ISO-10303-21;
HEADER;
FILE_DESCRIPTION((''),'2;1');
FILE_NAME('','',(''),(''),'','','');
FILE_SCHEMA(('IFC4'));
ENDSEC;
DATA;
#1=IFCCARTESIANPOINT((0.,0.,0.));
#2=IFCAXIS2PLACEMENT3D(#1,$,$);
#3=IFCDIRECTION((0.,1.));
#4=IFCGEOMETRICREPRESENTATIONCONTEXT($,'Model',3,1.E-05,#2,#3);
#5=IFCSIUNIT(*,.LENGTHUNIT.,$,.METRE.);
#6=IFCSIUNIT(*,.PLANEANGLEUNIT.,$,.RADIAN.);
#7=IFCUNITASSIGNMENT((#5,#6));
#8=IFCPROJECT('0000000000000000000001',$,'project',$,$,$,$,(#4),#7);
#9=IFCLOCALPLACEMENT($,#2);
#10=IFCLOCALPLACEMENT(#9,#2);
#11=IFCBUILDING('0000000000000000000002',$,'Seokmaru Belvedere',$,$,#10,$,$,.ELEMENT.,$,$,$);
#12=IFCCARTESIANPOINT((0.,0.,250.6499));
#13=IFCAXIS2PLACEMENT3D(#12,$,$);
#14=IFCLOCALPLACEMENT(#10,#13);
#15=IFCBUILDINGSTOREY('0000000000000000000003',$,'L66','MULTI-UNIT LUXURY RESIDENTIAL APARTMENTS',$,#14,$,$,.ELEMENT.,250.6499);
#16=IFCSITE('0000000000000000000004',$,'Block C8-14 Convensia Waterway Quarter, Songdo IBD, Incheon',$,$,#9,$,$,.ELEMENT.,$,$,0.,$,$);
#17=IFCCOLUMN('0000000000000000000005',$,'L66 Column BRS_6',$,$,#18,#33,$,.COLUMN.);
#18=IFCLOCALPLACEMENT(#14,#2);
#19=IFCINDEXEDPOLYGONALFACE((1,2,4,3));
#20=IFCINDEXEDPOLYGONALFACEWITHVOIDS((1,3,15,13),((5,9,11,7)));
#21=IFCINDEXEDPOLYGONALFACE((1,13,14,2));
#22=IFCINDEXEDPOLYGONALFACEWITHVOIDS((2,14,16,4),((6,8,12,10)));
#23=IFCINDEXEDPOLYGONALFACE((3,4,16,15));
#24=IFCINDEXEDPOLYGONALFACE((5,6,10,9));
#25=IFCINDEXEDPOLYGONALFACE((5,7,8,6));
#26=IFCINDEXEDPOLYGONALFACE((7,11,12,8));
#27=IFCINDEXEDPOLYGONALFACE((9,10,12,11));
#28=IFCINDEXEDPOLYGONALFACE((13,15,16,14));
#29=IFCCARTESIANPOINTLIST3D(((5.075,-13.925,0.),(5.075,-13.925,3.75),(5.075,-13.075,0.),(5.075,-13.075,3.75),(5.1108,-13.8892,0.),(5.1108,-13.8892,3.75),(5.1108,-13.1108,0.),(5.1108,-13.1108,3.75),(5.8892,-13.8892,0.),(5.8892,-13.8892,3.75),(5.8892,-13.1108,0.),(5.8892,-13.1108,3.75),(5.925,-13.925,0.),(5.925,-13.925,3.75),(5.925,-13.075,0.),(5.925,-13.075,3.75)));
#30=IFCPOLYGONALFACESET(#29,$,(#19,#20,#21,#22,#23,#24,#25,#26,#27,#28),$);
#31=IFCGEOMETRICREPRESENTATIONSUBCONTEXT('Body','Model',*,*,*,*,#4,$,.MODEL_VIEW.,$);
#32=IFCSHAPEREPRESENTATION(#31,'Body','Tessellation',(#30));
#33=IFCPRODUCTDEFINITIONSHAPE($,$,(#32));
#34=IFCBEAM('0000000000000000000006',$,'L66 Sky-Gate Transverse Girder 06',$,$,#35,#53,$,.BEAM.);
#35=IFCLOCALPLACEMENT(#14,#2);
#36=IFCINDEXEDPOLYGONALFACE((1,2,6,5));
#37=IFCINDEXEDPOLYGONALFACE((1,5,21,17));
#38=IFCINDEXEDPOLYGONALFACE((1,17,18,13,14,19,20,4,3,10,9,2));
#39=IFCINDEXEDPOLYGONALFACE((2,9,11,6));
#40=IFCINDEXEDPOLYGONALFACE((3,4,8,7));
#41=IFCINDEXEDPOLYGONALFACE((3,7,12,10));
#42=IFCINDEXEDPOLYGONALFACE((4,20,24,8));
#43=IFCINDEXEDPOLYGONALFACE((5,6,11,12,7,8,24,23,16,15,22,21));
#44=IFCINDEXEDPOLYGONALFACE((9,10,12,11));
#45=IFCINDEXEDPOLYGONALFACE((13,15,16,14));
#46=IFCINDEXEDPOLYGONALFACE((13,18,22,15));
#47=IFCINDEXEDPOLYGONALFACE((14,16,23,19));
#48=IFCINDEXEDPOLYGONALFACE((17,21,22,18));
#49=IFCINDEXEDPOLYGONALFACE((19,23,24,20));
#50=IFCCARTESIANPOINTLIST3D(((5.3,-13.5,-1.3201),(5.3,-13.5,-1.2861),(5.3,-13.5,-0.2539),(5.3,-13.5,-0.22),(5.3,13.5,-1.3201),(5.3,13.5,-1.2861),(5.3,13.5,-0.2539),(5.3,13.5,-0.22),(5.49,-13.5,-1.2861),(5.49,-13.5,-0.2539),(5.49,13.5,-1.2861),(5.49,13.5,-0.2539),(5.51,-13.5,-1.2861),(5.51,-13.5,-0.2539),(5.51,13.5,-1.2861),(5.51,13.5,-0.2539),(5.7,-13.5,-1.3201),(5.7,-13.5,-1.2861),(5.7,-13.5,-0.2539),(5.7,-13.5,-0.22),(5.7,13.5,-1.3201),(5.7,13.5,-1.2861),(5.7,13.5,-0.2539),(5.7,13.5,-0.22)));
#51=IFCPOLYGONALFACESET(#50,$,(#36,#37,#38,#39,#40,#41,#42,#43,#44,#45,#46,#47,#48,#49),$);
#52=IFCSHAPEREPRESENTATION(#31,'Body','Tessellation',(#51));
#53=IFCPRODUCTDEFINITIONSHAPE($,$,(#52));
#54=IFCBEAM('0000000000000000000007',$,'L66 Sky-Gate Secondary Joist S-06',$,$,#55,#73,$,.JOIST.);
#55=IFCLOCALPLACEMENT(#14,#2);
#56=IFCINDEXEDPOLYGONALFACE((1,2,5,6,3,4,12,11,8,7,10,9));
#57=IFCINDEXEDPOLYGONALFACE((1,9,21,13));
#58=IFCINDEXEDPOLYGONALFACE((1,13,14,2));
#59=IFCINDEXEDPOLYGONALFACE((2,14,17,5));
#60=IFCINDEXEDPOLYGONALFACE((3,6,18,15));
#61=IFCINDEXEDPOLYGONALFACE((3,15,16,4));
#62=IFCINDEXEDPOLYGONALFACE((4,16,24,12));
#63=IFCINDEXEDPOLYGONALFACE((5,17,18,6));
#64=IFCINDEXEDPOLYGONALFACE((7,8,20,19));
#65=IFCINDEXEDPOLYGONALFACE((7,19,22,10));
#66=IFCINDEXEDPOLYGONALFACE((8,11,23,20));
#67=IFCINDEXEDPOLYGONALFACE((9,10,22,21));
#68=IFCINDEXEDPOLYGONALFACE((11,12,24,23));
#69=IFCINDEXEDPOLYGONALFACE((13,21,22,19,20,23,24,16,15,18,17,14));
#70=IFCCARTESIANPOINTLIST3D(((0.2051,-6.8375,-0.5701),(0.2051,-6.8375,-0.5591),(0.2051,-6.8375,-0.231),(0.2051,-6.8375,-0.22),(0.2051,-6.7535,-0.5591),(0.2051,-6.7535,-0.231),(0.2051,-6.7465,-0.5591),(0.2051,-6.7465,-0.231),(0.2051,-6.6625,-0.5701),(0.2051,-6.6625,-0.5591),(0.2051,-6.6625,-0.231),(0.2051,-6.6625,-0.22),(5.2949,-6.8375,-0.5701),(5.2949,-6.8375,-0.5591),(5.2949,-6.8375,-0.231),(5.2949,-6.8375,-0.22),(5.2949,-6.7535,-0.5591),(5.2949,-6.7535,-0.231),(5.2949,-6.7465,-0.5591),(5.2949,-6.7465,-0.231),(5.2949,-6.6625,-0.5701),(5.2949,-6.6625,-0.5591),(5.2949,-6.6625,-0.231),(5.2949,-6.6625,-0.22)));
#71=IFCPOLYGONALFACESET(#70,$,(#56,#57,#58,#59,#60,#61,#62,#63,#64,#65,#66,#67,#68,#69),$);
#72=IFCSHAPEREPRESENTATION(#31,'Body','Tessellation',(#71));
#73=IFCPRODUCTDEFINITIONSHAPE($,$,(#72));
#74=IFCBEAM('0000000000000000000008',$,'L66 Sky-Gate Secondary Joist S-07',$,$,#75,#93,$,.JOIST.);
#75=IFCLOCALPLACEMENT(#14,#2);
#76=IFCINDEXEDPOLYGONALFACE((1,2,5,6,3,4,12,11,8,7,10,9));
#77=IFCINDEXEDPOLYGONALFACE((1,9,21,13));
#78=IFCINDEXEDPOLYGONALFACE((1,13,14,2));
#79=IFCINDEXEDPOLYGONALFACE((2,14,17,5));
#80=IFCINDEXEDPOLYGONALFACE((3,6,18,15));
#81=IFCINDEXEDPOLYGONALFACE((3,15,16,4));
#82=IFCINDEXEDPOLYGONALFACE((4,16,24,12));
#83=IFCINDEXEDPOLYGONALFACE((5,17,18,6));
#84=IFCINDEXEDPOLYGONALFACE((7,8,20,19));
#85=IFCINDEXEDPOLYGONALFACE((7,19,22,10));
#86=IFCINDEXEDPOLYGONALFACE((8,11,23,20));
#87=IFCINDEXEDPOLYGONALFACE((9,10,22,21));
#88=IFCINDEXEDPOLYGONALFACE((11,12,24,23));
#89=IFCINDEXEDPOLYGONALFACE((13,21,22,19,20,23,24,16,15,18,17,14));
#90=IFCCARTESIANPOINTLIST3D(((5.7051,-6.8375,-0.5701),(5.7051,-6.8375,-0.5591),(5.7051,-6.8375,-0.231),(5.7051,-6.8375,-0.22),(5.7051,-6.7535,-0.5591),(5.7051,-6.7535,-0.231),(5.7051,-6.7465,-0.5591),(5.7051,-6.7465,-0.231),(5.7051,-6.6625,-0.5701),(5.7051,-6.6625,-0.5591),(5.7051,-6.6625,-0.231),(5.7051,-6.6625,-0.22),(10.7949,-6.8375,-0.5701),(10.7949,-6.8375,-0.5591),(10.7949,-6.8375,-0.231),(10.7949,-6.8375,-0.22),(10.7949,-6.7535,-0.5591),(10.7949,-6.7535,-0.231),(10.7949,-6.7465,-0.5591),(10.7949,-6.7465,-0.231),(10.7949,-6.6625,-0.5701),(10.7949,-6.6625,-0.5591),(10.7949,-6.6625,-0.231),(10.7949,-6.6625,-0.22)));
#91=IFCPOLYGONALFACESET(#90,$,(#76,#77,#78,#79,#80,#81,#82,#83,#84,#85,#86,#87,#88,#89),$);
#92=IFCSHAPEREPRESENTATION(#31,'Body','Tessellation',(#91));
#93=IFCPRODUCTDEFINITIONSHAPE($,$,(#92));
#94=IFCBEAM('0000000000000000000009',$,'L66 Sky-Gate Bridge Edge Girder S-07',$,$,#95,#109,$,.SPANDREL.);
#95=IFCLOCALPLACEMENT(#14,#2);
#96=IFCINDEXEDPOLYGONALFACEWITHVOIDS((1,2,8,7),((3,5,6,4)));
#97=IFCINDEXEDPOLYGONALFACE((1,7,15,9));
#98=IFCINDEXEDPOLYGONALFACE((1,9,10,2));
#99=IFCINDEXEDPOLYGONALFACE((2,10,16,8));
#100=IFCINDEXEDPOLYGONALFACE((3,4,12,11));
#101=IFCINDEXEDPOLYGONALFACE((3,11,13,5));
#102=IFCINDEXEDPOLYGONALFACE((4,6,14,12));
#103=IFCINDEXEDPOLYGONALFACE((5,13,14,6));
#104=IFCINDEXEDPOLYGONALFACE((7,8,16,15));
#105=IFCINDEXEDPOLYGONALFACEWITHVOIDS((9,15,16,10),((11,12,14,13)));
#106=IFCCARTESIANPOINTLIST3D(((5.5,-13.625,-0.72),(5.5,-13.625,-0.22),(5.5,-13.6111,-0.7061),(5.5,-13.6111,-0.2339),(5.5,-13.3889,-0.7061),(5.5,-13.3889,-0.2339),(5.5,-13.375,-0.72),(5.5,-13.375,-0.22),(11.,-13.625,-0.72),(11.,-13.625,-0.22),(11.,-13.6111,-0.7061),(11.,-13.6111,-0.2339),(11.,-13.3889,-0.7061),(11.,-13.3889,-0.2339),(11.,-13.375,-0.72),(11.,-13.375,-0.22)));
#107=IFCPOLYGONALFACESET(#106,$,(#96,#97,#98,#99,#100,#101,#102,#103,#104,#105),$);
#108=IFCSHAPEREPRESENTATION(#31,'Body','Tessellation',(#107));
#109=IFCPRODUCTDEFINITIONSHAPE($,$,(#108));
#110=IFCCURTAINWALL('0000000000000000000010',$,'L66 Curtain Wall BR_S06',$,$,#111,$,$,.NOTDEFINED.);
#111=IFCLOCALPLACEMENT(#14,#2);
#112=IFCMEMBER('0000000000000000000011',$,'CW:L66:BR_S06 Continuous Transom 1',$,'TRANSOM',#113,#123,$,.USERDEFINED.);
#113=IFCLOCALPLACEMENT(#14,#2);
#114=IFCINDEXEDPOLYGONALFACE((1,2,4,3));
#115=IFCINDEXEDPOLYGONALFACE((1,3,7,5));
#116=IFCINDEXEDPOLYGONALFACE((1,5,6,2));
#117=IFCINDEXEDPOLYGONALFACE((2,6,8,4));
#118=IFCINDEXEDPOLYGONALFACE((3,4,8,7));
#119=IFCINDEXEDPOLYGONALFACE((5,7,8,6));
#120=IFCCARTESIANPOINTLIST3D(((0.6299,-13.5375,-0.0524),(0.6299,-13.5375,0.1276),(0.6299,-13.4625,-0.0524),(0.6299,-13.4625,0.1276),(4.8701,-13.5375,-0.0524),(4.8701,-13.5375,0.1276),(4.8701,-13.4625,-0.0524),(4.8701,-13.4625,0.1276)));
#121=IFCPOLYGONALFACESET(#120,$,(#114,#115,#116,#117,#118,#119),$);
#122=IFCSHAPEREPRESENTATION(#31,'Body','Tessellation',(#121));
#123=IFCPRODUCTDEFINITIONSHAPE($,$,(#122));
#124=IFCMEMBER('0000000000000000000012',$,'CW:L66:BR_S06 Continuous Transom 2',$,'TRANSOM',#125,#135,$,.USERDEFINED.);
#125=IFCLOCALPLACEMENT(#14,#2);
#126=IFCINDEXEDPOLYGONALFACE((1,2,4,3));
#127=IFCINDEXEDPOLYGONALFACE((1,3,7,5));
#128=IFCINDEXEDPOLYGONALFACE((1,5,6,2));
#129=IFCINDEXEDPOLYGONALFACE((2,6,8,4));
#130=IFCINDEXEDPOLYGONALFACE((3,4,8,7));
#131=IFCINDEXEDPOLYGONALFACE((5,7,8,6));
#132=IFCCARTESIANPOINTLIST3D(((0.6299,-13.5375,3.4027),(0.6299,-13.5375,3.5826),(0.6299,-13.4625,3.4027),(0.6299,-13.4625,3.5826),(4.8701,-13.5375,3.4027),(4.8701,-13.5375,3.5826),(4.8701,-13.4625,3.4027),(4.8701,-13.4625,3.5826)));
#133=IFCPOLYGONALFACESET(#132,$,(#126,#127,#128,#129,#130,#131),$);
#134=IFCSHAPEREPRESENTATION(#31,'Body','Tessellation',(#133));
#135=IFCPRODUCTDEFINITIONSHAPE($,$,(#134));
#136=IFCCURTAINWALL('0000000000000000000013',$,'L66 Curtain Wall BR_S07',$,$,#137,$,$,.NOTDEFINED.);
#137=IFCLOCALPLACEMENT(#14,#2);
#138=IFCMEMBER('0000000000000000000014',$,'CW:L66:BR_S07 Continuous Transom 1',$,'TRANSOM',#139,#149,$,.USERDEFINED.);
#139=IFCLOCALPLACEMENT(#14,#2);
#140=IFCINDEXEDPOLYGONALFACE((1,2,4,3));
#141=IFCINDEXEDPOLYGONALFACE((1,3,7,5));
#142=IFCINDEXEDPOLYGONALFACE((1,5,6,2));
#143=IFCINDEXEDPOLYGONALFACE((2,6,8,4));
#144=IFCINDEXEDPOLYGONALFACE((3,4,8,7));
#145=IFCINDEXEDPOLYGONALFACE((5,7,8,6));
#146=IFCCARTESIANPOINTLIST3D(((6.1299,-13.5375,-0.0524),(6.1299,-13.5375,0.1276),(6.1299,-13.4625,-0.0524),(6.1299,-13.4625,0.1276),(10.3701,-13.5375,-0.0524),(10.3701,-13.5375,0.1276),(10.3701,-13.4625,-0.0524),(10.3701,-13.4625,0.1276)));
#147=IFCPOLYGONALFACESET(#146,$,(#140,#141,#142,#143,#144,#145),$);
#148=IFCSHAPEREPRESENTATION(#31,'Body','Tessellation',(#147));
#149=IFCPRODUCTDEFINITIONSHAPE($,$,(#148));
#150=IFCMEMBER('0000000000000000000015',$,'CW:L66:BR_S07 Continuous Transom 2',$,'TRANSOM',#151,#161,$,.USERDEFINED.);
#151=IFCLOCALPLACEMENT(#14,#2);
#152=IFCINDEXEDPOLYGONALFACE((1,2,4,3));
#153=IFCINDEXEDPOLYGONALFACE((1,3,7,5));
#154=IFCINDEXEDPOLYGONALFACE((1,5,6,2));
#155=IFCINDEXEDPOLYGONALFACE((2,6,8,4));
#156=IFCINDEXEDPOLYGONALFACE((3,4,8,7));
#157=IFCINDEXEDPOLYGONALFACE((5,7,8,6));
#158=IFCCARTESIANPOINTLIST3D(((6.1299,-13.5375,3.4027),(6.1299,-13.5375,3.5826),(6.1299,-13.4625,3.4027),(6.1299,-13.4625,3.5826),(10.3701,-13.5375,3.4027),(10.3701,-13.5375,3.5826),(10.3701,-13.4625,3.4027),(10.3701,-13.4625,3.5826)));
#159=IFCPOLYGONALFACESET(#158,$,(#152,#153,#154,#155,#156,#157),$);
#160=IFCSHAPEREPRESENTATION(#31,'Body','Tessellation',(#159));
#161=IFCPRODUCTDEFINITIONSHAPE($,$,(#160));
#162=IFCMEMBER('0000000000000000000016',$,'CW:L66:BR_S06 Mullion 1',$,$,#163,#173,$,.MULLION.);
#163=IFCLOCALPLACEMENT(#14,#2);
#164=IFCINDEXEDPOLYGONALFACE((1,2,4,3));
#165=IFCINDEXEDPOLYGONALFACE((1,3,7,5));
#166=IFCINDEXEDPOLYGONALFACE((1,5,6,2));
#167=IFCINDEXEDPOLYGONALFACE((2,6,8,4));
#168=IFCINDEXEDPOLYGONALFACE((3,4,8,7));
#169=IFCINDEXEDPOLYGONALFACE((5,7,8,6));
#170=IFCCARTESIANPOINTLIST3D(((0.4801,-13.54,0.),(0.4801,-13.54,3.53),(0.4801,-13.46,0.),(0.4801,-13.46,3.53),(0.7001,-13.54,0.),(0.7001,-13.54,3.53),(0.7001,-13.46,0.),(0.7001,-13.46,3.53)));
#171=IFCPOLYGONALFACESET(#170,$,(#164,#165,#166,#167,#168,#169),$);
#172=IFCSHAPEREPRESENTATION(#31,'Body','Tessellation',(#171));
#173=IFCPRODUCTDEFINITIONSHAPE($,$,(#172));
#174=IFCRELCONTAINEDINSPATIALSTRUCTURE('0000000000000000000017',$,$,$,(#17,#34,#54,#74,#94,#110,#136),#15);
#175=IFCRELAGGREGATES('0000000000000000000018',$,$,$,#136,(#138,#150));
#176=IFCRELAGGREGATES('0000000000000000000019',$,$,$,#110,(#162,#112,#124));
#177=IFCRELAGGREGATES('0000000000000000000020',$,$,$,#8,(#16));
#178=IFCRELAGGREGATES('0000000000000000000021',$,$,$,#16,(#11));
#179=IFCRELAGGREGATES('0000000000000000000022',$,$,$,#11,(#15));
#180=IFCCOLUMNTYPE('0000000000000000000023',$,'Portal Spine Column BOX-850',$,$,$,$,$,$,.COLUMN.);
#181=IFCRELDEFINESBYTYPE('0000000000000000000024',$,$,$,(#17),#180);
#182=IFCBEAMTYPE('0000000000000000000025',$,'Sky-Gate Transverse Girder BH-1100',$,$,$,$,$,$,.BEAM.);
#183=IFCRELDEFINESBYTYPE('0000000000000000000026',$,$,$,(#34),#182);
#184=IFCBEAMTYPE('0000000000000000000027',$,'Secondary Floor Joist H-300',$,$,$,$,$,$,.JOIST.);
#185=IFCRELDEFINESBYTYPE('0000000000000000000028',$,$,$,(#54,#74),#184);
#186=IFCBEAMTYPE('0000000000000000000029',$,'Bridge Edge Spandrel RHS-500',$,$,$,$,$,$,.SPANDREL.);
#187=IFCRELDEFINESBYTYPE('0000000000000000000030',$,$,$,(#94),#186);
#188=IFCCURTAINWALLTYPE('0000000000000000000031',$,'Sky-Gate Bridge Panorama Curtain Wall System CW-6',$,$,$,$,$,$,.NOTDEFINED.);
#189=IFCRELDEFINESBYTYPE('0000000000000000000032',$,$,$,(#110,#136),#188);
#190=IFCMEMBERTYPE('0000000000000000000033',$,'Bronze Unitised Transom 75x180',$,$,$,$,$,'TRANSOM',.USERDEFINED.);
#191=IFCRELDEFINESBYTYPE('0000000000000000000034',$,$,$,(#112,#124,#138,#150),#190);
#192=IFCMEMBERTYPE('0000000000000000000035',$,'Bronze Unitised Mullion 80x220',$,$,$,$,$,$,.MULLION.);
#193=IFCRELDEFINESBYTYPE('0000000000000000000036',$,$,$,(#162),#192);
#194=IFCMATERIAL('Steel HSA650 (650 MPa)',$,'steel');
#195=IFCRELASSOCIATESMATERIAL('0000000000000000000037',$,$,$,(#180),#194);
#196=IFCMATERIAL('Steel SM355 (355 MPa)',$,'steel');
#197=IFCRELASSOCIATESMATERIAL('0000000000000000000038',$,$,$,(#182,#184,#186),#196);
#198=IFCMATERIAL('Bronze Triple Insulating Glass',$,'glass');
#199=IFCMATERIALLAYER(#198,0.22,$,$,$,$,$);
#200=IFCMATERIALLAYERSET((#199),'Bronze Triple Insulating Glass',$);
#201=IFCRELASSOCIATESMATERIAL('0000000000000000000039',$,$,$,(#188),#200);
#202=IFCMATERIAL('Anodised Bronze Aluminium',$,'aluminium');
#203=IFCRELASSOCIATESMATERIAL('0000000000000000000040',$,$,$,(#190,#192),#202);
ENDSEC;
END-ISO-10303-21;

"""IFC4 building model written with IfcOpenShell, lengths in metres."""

from ifc_helpers import new_model, si_unit, direction, frame, origin, origin_2d, place, context, subcontext, project, spatial, rectangle, hollow_rectangle, i_section, extrude, source, transform, mapped, material, layer, layer_set, material_profile, profile_set, type_object, type_shapes, element, aggregate, save


model = new_model("IFC4")

# Units and contexts
model_context = context("Model", 3, precision=1e-05, world=origin(), true_north=direction((0.0, 1.0)))
body_context = subcontext(model_context, "Body", "Model", "MODEL_VIEW")
ifc_project = project(units=[si_unit("LENGTHUNIT", "METRE"), si_unit("PLANEANGLEUNIT", "RADIAN")], contexts=[model_context])

# Site, building, storey
site_placement = place(None, origin())
site = spatial("IfcSite", under=ifc_project, at=site_placement, Name="Block C8-14 Convensia Waterway Quarter, Songdo IBD, Incheon", CompositionType="ELEMENT", RefElevation=0.0)
building_placement = place(site_placement, origin())
building = spatial("IfcBuilding", under=site, at=building_placement, Name="Seokmaru Belvedere", CompositionType="ELEMENT")
storey_placement = place(building_placement, frame((0.0, 0.0, 250.6499)))
storey = spatial("IfcBuildingStorey", under=building, at=storey_placement, Name="L66", Description="MULTI-UNIT LUXURY RESIDENTIAL APARTMENTS", CompositionType="ELEMENT", Elevation=250.6499)

# Column
ifc_material_1 = material(Name="Steel HSA650 (650 MPa)", Category="steel")
ifc_material_profile_1 = material_profile(ifc_material_1, hollow_rectangle(XDim=0.8501, YDim=0.8501, WallThickness=0.0359, at=origin_2d()), Name="BOX-850x850x36")
ifc_profile_set_1 = profile_set([ifc_material_profile_1], Name="Steel HSA650 (650 MPa)")
column_type = type_object("IfcColumnType", Name="Portal Spine Column BOX-850", PredefinedType="COLUMN", material=ifc_profile_set_1)
shared_shape_1 = source(origin(), body_context, "Body", "SweptSolid", [
    extrude(hollow_rectangle(XDim=0.8501, YDim=0.8501, WallThickness=0.0359, at=origin_2d()), origin(), (0.0, 0.0, 1.0), 3.75),
])
type_shapes(column_type, [shared_shape_1])
column_placement = place(storey_placement, frame((5.5, -13.5, 0.0), z_axis=(0.0, 0.0, 1.0), x_axis=(1.0, 0.0, 0.0)))
element("IfcColumn", 1, at=column_placement, inside=storey, type_object=column_type, Name="L66 Column BRS_6", PredefinedType="COLUMN", context=body_context, shape_type="MappedRepresentation", body=[
    mapped(shared_shape_1, transform((0.0, 0.0, 0.0), scale=1.0)),
])

# Beams
ifc_material_2 = material(Name="Steel SM355 (355 MPa)", Category="steel")
ifc_material_profile_2 = material_profile(ifc_material_2, i_section(OverallWidth=0.3999, OverallDepth=1.1001, WebThickness=0.02, FlangeThickness=0.0339, at=origin_2d()), Name="BH-1100x400x20x34")
ifc_profile_set_2 = profile_set([ifc_material_profile_2], Name="Steel SM355 (355 MPa)")
beam_type_1 = type_object("IfcBeamType", Name="Sky-Gate Transverse Girder BH-1100", PredefinedType="BEAM", material=ifc_profile_set_2)
shared_shape_2 = source(origin(), body_context, "Body", "SweptSolid", [
    extrude(i_section(OverallWidth=0.3999, OverallDepth=1.1001, WebThickness=0.02, FlangeThickness=0.0339, at=origin_2d()), origin(), (0.0, 0.0, 1.0), 27.0),
])
type_shapes(beam_type_1, [shared_shape_2])
beam_1_placement = place(storey_placement, frame((5.5, -13.5, -0.77), z_axis=(0.0, 1.0, 0.0), x_axis=(-1.0, 0.0, 0.0)))
element("IfcBeam", 2, at=beam_1_placement, inside=storey, type_object=beam_type_1, Name="L66 Sky-Gate Transverse Girder 06", PredefinedType="BEAM", context=body_context, shape_type="MappedRepresentation", body=[
    mapped(shared_shape_2, transform((0.0, 0.0, 0.0), scale=1.0)),
])
ifc_material_profile_3 = material_profile(ifc_material_2, i_section(OverallWidth=0.175, OverallDepth=0.3501, WebThickness=0.0071, FlangeThickness=0.011, at=origin_2d()), Name="H-350x175x7x11")
ifc_profile_set_3 = profile_set([ifc_material_profile_3], Name="Steel SM355 (355 MPa)")
beam_type_2 = type_object("IfcBeamType", Name="Secondary Floor Joist H-300", PredefinedType="JOIST", material=ifc_profile_set_3)
shared_shape_3 = source(origin(), body_context, "Body", "SweptSolid", [
    extrude(i_section(OverallWidth=0.175, OverallDepth=0.3501, WebThickness=0.0071, FlangeThickness=0.011, at=origin_2d()), origin(), (0.0, 0.0, 1.0), 5.0898),
])
type_shapes(beam_type_2, [shared_shape_3])
for number, where, z_axis, x_axis, name in (
    (3, (0.2051, -6.75, -0.395), (1.0, 0.0, 0.0), (0.0, 1.0, 0.0), "L66 Sky-Gate Secondary Joist S-06"),
    (4, (5.7051, -6.75, -0.395), (1.0, 0.0, 0.0), (0.0, 1.0, 0.0), "L66 Sky-Gate Secondary Joist S-07"),
):
    element("IfcBeam", number, at=place(storey_placement, frame(where, z_axis=z_axis, x_axis=x_axis)), inside=storey, type_object=beam_type_2, Name=name, PredefinedType="JOIST", context=body_context, shape_type="MappedRepresentation", body=[
        mapped(shared_shape_3, transform((0.0, 0.0, 0.0), scale=1.0)),
    ])
ifc_material_profile_4 = material_profile(ifc_material_2, hollow_rectangle(XDim=0.25, YDim=0.5, WallThickness=0.0139, at=origin_2d()), Name="RHS-500x250x14")
ifc_profile_set_4 = profile_set([ifc_material_profile_4], Name="Steel SM355 (355 MPa)")
beam_type_3 = type_object("IfcBeamType", Name="Bridge Edge Spandrel RHS-500", PredefinedType="SPANDREL", material=ifc_profile_set_4)
shared_shape_4 = source(origin(), body_context, "Body", "SweptSolid", [
    extrude(hollow_rectangle(XDim=0.25, YDim=0.5, WallThickness=0.0139, at=origin_2d()), origin(), (0.0, 0.0, 1.0), 5.5),
])
type_shapes(beam_type_3, [shared_shape_4])
beam_2_placement = place(storey_placement, frame((5.5, -13.5, -0.47), z_axis=(1.0, 0.0, 0.0), x_axis=(0.0, 1.0, 0.0)))
element("IfcBeam", 5, at=beam_2_placement, inside=storey, type_object=beam_type_3, Name="L66 Sky-Gate Bridge Edge Girder S-07", PredefinedType="SPANDREL", context=body_context, shape_type="MappedRepresentation", body=[
    mapped(shared_shape_4, transform((0.0, 0.0, 0.0), scale=1.0)),
])

# Curtain walls, members
ifc_material_3 = material(Name="Bronze Triple Insulating Glass", Category="glass")
ifc_layer_1 = layer(ifc_material_3, 0.22)
ifc_layer_set_1 = layer_set([ifc_layer_1], Name="Bronze Triple Insulating Glass")
curtain_wall_type = type_object("IfcCurtainWallType", Name="Sky-Gate Bridge Panorama Curtain Wall System CW-6", PredefinedType="NOTDEFINED", material=ifc_layer_set_1)
curtain_wall_1_placement = place(storey_placement, origin())
curtain_wall_1 = element("IfcCurtainWall", 6, at=curtain_wall_1_placement, inside=storey, type_object=curtain_wall_type, Name="L66 Curtain Wall BR_S06", PredefinedType="NOTDEFINED")
ifc_material_4 = material(Name="Anodised Bronze Aluminium", Category="aluminium")
ifc_material_profile_5 = material_profile(ifc_material_4, rectangle(XDim=0.075, YDim=0.1799, at=origin_2d()), Name="CW-T-75x180")
ifc_profile_set_5 = profile_set([ifc_material_profile_5], Name="Anodised Bronze Aluminium")
member_type_1 = type_object("IfcMemberType", Name="Bronze Unitised Transom 75x180", ElementType="TRANSOM", PredefinedType="USERDEFINED", material=ifc_profile_set_5)
shared_shape_5 = source(origin(), body_context, "Body", "SweptSolid", [
    extrude(rectangle(XDim=0.075, YDim=0.1799, at=origin_2d()), origin(), (0.0, 0.0, 1.0), 4.2402),
])
type_shapes(member_type_1, [shared_shape_5])
member_1_placement = place(storey_placement, frame((0.6299, -13.5, 0.0376), z_axis=(1.0, 0.0, 0.0), x_axis=(0.0, 1.0, 0.0)))
member_1 = element("IfcMember", 7, at=member_1_placement, type_object=member_type_1, Name="CW:L66:BR_S06 Continuous Transom 1", ObjectType="TRANSOM", PredefinedType="USERDEFINED", context=body_context, shape_type="MappedRepresentation", body=[
    mapped(shared_shape_5, transform((0.0, 0.0, 0.0), scale=1.0)),
])
member_2_placement = place(storey_placement, frame((0.6299, -13.5, 3.4927), z_axis=(1.0, 0.0, 0.0), x_axis=(0.0, 1.0, 0.0)))
member_2 = element("IfcMember", 8, at=member_2_placement, type_object=member_type_1, Name="CW:L66:BR_S06 Continuous Transom 2", ObjectType="TRANSOM", PredefinedType="USERDEFINED", context=body_context, shape_type="MappedRepresentation", body=[
    mapped(shared_shape_5, transform((0.0, 0.0, 0.0), scale=1.0)),
])
curtain_wall_2_placement = place(storey_placement, origin())
curtain_wall_2 = element("IfcCurtainWall", 9, at=curtain_wall_2_placement, inside=storey, type_object=curtain_wall_type, Name="L66 Curtain Wall BR_S07", PredefinedType="NOTDEFINED")
member_3_placement = place(storey_placement, frame((6.1299, -13.5, 0.0376), z_axis=(1.0, 0.0, 0.0), x_axis=(0.0, 1.0, 0.0)))
member_3 = element("IfcMember", 10, at=member_3_placement, type_object=member_type_1, Name="CW:L66:BR_S07 Continuous Transom 1", ObjectType="TRANSOM", PredefinedType="USERDEFINED", context=body_context, shape_type="MappedRepresentation", body=[
    mapped(shared_shape_5, transform((0.0, 0.0, 0.0), scale=1.0)),
])
member_4_placement = place(storey_placement, frame((6.1299, -13.5, 3.4927), z_axis=(1.0, 0.0, 0.0), x_axis=(0.0, 1.0, 0.0)))
member_4 = element("IfcMember", 11, at=member_4_placement, type_object=member_type_1, Name="CW:L66:BR_S07 Continuous Transom 2", ObjectType="TRANSOM", PredefinedType="USERDEFINED", context=body_context, shape_type="MappedRepresentation", body=[
    mapped(shared_shape_5, transform((0.0, 0.0, 0.0), scale=1.0)),
])

# Member
ifc_material_profile_6 = material_profile(ifc_material_4, rectangle(XDim=0.0801, YDim=0.22, at=origin_2d()), Name="CW-M-80x220")
ifc_profile_set_6 = profile_set([ifc_material_profile_6], Name="Anodised Bronze Aluminium")
member_type_2 = type_object("IfcMemberType", Name="Bronze Unitised Mullion 80x220", PredefinedType="MULLION", material=ifc_profile_set_6)
shared_shape_6 = source(origin(), body_context, "Body", "SweptSolid", [
    extrude(rectangle(XDim=0.0801, YDim=0.22, at=origin_2d()), origin(), (0.0, 0.0, 1.0), 3.53),
])
type_shapes(member_type_2, [shared_shape_6])
member_5_placement = place(storey_placement, frame((0.5901, -13.5, 0.0), z_axis=(0.0, 0.0, 1.0), x_axis=(0.0, 1.0, 0.0)))
member_5 = element("IfcMember", 12, at=member_5_placement, type_object=member_type_2, Name="CW:L66:BR_S06 Mullion 1", PredefinedType="MULLION", context=body_context, shape_type="MappedRepresentation", body=[
    mapped(shared_shape_6, transform((0.0, 0.0, 0.0), scale=1.0)),
])
aggregate(curtain_wall_2, [member_3, member_4])

aggregate(curtain_wall_1, [member_5, member_1, member_2])

save(model, "model.ifc")
